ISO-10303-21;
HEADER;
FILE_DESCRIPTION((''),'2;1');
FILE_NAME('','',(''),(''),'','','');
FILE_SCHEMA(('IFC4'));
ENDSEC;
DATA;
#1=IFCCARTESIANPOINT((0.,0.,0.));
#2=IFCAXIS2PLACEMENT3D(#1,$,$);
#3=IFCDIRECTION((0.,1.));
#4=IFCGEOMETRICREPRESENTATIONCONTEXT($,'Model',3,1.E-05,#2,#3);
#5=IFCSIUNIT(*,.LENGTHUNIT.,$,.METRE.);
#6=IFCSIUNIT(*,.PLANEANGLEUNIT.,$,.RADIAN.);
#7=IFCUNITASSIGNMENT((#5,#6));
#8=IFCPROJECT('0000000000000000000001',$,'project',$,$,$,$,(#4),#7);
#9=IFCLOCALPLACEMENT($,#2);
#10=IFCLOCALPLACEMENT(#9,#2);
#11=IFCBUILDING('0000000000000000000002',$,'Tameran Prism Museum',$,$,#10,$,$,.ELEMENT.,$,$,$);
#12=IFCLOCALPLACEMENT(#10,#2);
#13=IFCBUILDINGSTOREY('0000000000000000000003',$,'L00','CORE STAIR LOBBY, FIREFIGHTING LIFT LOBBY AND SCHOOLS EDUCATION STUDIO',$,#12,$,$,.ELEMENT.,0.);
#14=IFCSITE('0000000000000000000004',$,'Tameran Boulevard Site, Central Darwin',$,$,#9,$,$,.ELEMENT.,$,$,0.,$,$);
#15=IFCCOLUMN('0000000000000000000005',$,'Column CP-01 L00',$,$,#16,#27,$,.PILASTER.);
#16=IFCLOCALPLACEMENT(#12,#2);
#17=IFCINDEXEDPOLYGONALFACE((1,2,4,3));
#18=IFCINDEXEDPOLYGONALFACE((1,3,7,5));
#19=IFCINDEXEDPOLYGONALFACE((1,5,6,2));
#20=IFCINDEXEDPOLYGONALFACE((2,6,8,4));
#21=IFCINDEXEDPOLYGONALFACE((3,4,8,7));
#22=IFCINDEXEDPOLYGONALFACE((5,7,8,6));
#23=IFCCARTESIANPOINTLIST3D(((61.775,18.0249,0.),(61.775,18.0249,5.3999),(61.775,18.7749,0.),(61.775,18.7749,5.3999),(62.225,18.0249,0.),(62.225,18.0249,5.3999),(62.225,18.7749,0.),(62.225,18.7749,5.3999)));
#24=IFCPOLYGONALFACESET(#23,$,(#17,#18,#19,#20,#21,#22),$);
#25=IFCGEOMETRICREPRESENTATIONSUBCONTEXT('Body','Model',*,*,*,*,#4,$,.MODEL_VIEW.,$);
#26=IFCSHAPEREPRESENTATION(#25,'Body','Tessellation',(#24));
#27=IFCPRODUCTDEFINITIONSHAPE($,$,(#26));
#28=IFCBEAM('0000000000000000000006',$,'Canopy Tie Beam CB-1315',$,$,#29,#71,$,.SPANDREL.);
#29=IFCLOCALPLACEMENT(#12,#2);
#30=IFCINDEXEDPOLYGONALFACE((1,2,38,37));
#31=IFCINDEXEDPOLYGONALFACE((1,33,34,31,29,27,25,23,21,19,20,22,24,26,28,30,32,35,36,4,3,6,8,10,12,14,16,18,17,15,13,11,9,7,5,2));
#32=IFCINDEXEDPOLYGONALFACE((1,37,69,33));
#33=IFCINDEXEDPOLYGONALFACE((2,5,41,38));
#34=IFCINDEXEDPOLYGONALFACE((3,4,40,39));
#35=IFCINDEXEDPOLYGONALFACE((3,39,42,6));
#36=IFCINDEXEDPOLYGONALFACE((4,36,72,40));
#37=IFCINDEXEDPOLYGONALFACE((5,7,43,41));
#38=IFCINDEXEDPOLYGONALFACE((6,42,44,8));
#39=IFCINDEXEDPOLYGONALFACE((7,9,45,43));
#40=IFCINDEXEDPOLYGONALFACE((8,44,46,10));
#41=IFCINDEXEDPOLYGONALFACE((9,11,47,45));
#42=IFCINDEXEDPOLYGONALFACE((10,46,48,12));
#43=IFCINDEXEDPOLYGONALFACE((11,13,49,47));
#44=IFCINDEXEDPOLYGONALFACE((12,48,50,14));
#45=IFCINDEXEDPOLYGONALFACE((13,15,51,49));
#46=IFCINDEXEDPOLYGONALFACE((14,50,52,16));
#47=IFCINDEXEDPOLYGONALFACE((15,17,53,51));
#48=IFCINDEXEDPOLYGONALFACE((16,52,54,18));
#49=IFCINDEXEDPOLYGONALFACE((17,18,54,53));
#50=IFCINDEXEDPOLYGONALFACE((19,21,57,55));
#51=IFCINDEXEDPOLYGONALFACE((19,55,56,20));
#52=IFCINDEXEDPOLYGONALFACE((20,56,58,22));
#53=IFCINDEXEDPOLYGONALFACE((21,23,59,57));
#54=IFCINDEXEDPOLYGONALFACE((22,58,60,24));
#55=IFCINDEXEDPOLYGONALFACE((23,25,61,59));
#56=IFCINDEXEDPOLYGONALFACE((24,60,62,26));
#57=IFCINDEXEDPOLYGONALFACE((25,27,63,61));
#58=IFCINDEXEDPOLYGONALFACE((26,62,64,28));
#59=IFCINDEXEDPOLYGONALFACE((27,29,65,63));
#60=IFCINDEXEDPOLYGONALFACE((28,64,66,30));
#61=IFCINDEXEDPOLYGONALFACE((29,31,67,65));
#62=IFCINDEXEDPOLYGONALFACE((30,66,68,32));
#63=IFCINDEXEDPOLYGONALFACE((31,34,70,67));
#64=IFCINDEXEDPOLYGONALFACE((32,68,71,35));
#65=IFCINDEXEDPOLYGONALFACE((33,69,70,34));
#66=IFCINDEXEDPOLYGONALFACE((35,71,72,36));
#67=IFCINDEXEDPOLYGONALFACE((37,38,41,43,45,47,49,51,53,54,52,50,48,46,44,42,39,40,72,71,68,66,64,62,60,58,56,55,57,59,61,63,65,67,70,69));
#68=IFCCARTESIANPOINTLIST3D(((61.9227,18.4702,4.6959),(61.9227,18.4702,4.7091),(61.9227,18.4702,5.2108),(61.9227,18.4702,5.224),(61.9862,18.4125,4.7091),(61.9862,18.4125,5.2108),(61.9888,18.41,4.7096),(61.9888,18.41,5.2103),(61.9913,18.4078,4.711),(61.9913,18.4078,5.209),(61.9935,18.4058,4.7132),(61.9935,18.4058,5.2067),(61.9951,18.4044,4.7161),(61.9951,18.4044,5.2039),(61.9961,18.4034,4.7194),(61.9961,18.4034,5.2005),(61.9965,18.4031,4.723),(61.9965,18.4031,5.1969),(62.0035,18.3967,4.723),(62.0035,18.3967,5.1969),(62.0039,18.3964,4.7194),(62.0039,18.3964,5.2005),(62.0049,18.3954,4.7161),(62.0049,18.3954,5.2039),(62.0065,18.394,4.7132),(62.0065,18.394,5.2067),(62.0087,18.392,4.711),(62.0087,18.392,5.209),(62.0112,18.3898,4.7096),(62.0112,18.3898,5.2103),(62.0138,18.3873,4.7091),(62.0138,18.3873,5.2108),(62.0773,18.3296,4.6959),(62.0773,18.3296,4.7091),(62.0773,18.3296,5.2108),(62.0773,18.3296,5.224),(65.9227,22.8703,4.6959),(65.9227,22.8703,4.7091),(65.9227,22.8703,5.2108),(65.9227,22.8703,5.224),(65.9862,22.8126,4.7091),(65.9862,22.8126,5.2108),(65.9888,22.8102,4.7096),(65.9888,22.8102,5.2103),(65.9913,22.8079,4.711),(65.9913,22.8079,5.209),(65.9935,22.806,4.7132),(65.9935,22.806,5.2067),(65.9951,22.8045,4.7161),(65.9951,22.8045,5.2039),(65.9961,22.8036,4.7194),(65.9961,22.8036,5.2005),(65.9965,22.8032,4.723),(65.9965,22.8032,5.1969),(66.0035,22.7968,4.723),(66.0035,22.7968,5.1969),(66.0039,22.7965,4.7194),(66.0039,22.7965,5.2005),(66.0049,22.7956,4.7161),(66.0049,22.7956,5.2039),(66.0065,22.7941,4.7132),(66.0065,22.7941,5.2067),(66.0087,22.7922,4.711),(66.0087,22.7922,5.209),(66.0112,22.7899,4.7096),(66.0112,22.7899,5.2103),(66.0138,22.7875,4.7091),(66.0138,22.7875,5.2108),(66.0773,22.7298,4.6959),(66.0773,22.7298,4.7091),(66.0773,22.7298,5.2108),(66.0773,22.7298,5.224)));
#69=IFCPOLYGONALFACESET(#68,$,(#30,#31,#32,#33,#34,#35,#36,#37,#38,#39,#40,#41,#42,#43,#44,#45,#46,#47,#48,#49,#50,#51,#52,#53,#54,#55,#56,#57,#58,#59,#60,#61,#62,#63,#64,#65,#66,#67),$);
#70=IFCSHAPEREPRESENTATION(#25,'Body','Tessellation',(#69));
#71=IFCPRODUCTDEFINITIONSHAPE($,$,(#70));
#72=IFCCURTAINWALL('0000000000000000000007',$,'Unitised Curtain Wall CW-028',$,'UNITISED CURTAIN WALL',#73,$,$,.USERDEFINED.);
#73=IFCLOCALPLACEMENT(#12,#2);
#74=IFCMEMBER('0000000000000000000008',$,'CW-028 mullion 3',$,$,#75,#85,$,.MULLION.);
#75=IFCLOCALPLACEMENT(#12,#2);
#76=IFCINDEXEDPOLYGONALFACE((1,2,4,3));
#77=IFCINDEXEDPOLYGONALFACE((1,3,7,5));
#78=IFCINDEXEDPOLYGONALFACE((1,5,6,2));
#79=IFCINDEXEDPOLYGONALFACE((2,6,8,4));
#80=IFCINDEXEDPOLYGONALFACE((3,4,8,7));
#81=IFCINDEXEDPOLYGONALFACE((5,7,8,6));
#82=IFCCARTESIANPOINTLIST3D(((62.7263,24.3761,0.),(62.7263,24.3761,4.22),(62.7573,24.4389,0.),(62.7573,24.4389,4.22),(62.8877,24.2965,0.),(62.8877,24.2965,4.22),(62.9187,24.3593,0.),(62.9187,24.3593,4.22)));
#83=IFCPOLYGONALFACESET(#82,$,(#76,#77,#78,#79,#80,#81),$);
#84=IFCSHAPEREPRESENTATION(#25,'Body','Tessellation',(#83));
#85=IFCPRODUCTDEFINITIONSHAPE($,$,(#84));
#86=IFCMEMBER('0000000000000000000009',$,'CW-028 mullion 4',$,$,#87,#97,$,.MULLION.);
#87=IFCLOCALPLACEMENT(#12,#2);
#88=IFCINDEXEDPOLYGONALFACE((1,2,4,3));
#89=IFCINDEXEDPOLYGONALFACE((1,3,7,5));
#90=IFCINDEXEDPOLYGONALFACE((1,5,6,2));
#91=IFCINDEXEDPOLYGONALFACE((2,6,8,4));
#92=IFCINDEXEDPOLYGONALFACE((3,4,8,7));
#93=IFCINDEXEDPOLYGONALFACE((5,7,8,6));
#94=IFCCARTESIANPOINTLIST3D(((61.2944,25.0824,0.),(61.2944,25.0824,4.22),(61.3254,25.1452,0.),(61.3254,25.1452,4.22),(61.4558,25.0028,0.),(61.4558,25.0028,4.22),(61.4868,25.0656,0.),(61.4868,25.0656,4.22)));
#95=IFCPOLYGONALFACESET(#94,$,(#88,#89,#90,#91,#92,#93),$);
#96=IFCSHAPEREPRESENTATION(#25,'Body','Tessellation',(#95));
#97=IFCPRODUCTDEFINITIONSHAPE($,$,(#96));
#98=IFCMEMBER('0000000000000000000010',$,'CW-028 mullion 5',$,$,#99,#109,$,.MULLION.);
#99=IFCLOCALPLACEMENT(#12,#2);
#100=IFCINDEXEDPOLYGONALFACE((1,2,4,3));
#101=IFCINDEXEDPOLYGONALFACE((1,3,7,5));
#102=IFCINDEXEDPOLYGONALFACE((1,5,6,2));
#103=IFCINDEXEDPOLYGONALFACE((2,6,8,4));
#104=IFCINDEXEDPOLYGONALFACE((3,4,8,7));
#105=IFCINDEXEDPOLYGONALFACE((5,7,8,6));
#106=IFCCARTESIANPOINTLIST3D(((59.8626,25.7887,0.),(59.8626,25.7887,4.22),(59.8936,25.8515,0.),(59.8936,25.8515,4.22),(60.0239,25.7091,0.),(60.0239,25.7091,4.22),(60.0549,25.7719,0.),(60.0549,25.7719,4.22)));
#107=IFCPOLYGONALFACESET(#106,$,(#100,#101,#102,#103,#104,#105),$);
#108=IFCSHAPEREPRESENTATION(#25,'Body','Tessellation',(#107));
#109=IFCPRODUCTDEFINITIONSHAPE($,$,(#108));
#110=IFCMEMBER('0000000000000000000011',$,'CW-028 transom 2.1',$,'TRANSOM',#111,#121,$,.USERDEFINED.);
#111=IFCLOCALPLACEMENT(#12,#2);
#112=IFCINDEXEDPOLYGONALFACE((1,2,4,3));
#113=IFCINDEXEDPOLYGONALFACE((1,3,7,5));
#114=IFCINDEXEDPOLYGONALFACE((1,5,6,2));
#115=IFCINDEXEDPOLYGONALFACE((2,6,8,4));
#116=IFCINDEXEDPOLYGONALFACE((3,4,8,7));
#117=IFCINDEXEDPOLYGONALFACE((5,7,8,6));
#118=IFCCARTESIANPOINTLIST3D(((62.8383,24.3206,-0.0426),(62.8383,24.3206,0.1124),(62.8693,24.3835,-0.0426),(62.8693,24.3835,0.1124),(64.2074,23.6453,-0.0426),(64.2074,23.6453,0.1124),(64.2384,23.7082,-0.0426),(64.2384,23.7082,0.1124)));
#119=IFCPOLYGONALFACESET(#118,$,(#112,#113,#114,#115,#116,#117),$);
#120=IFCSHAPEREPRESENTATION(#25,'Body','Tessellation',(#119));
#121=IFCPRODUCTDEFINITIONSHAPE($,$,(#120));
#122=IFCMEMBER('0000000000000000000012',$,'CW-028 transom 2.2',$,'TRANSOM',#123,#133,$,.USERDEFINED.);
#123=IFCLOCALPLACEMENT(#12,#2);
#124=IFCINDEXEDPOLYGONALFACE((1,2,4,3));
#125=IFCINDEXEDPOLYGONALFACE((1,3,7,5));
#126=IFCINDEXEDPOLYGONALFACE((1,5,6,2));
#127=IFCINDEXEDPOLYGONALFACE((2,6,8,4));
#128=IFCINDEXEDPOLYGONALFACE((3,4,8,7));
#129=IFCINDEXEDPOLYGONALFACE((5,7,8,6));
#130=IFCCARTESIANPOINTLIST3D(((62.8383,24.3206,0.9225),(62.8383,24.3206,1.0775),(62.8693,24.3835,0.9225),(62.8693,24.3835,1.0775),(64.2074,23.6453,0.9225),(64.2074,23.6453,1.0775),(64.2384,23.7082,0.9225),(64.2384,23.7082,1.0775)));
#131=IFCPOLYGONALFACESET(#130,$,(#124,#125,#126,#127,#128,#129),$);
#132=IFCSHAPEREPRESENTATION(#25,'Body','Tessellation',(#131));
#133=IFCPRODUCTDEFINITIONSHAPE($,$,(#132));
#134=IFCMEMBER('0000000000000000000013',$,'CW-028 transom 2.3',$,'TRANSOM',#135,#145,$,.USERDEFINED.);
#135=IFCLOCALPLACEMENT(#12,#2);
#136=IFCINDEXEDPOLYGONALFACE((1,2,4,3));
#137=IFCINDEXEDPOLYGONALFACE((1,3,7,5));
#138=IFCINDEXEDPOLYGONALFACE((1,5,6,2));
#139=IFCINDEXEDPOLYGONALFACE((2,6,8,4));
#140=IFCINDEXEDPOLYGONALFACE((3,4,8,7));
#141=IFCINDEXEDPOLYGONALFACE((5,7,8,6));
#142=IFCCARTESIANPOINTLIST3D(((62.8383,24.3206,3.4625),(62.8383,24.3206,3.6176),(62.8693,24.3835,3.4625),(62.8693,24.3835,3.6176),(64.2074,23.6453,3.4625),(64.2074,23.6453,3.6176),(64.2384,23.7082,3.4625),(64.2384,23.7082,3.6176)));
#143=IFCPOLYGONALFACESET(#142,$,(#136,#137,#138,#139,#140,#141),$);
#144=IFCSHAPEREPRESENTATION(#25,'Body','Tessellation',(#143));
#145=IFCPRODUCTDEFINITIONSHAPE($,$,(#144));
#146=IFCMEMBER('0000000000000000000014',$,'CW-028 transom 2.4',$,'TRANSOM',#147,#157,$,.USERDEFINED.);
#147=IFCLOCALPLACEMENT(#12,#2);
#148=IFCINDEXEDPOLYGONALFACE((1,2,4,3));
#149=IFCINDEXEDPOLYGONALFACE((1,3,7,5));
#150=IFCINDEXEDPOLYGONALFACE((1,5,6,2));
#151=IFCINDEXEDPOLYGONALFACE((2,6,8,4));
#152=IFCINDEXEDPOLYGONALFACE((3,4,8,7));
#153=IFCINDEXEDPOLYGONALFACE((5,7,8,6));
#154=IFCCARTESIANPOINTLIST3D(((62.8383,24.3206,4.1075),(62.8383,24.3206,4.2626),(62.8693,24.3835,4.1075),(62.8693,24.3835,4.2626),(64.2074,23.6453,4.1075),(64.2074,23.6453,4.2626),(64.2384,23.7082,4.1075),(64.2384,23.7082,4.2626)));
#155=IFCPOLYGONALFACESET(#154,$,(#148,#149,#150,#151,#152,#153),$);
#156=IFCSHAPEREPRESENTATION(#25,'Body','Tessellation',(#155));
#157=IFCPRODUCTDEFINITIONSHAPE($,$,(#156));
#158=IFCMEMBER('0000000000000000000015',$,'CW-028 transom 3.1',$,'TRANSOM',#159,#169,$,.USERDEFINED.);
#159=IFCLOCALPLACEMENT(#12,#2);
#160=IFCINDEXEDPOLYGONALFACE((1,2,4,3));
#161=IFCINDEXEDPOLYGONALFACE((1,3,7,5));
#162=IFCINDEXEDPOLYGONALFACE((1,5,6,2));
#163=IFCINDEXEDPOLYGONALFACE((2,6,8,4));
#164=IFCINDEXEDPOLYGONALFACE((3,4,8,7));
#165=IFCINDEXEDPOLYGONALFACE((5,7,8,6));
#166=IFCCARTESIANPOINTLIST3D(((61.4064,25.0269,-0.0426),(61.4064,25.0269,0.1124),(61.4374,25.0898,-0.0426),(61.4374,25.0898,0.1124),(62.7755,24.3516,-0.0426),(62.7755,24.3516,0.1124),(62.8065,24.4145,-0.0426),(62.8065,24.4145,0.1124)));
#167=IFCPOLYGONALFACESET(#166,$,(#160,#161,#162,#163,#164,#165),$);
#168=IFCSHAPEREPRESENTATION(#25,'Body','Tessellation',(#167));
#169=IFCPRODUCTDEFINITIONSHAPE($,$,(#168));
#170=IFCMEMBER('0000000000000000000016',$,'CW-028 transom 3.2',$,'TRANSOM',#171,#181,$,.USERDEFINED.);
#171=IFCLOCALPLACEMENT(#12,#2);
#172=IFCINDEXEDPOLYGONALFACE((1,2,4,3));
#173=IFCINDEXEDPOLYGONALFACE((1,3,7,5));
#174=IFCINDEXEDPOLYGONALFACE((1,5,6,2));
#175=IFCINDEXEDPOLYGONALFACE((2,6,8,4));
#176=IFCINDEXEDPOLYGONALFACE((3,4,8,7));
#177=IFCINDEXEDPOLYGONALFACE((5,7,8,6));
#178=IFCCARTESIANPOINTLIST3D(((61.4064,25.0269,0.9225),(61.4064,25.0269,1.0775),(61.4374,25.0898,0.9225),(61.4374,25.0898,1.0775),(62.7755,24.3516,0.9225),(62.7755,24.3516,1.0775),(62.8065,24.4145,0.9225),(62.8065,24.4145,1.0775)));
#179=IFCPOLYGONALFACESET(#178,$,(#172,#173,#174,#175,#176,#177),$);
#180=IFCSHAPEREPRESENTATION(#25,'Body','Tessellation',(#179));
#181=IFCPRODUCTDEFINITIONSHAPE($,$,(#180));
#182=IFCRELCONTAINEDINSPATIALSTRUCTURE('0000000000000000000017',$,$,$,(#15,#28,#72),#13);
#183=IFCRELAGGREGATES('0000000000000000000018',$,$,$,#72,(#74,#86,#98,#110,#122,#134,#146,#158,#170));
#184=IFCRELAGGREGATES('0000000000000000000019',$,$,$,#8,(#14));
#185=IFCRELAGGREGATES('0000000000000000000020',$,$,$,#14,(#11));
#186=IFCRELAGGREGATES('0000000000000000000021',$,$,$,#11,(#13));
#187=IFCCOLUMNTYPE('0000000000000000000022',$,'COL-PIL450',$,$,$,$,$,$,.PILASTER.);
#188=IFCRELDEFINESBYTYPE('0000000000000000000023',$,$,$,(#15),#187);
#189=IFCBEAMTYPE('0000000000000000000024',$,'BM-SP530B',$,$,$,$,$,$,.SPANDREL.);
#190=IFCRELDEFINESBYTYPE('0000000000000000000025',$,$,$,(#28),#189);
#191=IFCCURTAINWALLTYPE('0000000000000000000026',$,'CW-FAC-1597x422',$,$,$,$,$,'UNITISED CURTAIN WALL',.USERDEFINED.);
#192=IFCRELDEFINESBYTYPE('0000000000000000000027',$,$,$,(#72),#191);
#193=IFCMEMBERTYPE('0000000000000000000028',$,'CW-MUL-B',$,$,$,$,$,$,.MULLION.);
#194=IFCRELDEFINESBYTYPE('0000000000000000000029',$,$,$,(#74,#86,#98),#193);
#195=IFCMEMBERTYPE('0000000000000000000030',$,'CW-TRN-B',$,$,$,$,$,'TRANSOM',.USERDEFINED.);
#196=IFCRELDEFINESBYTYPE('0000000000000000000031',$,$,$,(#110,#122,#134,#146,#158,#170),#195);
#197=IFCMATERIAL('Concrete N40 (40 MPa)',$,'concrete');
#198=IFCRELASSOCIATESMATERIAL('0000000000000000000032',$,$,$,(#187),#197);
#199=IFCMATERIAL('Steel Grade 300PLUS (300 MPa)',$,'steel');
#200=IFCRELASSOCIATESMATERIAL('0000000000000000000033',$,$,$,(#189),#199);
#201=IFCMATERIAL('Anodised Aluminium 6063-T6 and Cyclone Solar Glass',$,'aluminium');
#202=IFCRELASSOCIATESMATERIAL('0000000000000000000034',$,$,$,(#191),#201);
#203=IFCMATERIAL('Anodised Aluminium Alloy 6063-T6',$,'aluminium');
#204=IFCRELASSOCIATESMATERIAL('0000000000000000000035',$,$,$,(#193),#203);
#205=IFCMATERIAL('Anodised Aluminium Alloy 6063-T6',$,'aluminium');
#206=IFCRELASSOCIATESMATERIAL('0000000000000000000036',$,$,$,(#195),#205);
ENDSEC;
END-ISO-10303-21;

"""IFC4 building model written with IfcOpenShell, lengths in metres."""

from ifc_helpers import new_model, si_unit, direction, frame, origin, origin_2d, place, context, subcontext, project, spatial, rectangle, i_section, extrude, material, material_profile, profile_set, type_object, element, aggregate, save


model = new_model("IFC4")

# Units and contexts
model_context = context("Model", 3, precision=1e-05, world=origin(), true_north=direction((0.0, 1.0)))
body_context = subcontext(model_context, "Body", "Model", "MODEL_VIEW")
ifc_project = project(units=[si_unit("LENGTHUNIT", "METRE"), si_unit("PLANEANGLEUNIT", "RADIAN")], contexts=[model_context])

# Site, building, storey
site_placement = place(None, origin())
site = spatial("IfcSite", under=ifc_project, at=site_placement, Name="Tameran Boulevard Site, Central Darwin", CompositionType="ELEMENT", RefElevation=0.0)
building_placement = place(site_placement, origin())
building = spatial("IfcBuilding", under=site, at=building_placement, Name="Tameran Prism Museum", CompositionType="ELEMENT")
storey_placement = place(building_placement, origin())
storey = spatial("IfcBuildingStorey", under=building, at=storey_placement, Name="L00", Description="CORE STAIR LOBBY, FIREFIGHTING LIFT LOBBY AND SCHOOLS EDUCATION STUDIO", CompositionType="ELEMENT", Elevation=0.0)

# Column
ifc_material_1 = material(Name="Concrete N40 (40 MPa)", Category="concrete")
ifc_material_profile_1 = material_profile(ifc_material_1, rectangle(XDim=0.45, YDim=0.75, at=origin_2d()))
ifc_profile_set_1 = profile_set([ifc_material_profile_1])
column_type = type_object("IfcColumnType", Name="COL-PIL450", PredefinedType="PILASTER", material=ifc_profile_set_1)
column_placement = place(storey_placement, frame((62.0, 18.3999, 0.0), z_axis=(0.0, 0.0, 1.0), x_axis=(1.0, 0.0, 0.0)))
element("IfcColumn", 1, at=column_placement, inside=storey, type_object=column_type, Name="Column CP-01 L00", PredefinedType="PILASTER", context=body_context, shape_type="SweptSolid", body=[
    extrude(rectangle(XDim=0.45, YDim=0.75, at=origin_2d()), origin(), (0.0, 0.0, 1.0), 5.3999),
])

# Beam
ifc_material_2 = material(Name="Steel Grade 300PLUS (300 MPa)", Category="steel")
ifc_material_profile_2 = material_profile(ifc_material_2, i_section(OverallWidth=0.209, OverallDepth=0.5281, WebThickness=0.0095, FlangeThickness=0.0132, FilletRadius=0.0139, at=origin_2d()))
ifc_profile_set_2 = profile_set([ifc_material_profile_2])
beam_type = type_object("IfcBeamType", Name="BM-SP530B", PredefinedType="SPANDREL", material=ifc_profile_set_2)
beam_placement = place(storey_placement, frame((62.0, 18.3999, 4.96), z_axis=(0.672661, 0.739951, 0.0), x_axis=(-0.739951, 0.672661, 0.0)))
element("IfcBeam", 2, at=beam_placement, inside=storey, type_object=beam_type, Name="Canopy Tie Beam CB-1315", PredefinedType="SPANDREL", context=body_context, shape_type="SweptSolid", body=[
    extrude(i_section(OverallWidth=0.209, OverallDepth=0.5281, WebThickness=0.0095, FlangeThickness=0.0132, FilletRadius=0.0139, at=origin_2d()), origin(), (0.0, 0.0, 1.0), 5.9465),
])

# Curtain wall, members
ifc_material_3 = material(Name="Anodised Aluminium 6063-T6 and Cyclone Solar Glass", Category="aluminium")
curtain_wall_type = type_object("IfcCurtainWallType", Name="CW-FAC-1597x422", ElementType="UNITISED CURTAIN WALL", PredefinedType="USERDEFINED", material=ifc_material_3)
curtain_wall_placement = place(storey_placement, origin())
curtain_wall = element("IfcCurtainWall", 3, at=curtain_wall_placement, inside=storey, type_object=curtain_wall_type, Name="Unitised Curtain Wall CW-028", ObjectType="UNITISED CURTAIN WALL", PredefinedType="USERDEFINED")
ifc_material_4 = material(Name="Anodised Aluminium Alloy 6063-T6", Category="aluminium")
ifc_material_profile_3 = material_profile(ifc_material_4, rectangle(XDim=0.0701, YDim=0.1799, at=origin_2d()))
ifc_profile_set_3 = profile_set([ifc_material_profile_3])
member_type_1 = type_object("IfcMemberType", Name="CW-MUL-B", PredefinedType="MULLION", material=ifc_profile_set_3)
member_1_placement = place(storey_placement, frame((62.8225, 24.3677, 0.0), z_axis=(0.0, 0.0, 1.0), x_axis=(-0.442397, -0.896819, 0.0)))
member_1 = element("IfcMember", 4, at=member_1_placement, type_object=member_type_1, Name="CW-028 mullion 3", PredefinedType="MULLION", context=body_context, shape_type="SweptSolid", body=[
    extrude(rectangle(XDim=0.0701, YDim=0.1799, at=origin_2d()), origin(), (0.0, 0.0, 1.0), 4.22),
])
member_2_placement = place(storey_placement, frame((61.3906, 25.074, 0.0), z_axis=(0.0, 0.0, 1.0), x_axis=(-0.442397, -0.896819, 0.0)))
member_2 = element("IfcMember", 5, at=member_2_placement, type_object=member_type_1, Name="CW-028 mullion 4", PredefinedType="MULLION", context=body_context, shape_type="SweptSolid", body=[
    extrude(rectangle(XDim=0.0701, YDim=0.1799, at=origin_2d()), origin(), (0.0, 0.0, 1.0), 4.22),
])
member_3_placement = place(storey_placement, frame((59.9587, 25.7803, 0.0), z_axis=(0.0, 0.0, 1.0), x_axis=(-0.442397, -0.896819, 0.0)))
member_3 = element("IfcMember", 6, at=member_3_placement, type_object=member_type_1, Name="CW-028 mullion 5", PredefinedType="MULLION", context=body_context, shape_type="SweptSolid", body=[
    extrude(rectangle(XDim=0.0701, YDim=0.1799, at=origin_2d()), origin(), (0.0, 0.0, 1.0), 4.22),
])
ifc_material_5 = material(Name="Anodised Aluminium Alloy 6063-T6", Category="aluminium")
ifc_material_profile_4 = material_profile(ifc_material_5, rectangle(XDim=0.0701, YDim=0.155, at=origin_2d()))
ifc_profile_set_4 = profile_set([ifc_material_profile_4])
member_type_2 = type_object("IfcMemberType", Name="CW-TRN-B", ElementType="TRANSOM", PredefinedType="USERDEFINED", material=ifc_profile_set_4)
member_4_placement = place(storey_placement, frame((64.2229, 23.6768, 0.0349), z_axis=(-0.896845, 0.442345, 0.0), x_axis=(-0.442345, -0.896845, 0.0)))
member_4 = element("IfcMember", 7, at=member_4_placement, type_object=member_type_2, Name="CW-028 transom 2.1", ObjectType="TRANSOM", PredefinedType="USERDEFINED", context=body_context, shape_type="SweptSolid", body=[
    extrude(rectangle(XDim=0.0701, YDim=0.155, at=origin_2d()), origin(), (0.0, 0.0, 1.0), 1.5266),
])
member_5_placement = place(storey_placement, frame((64.2229, 23.6768, 1.0), z_axis=(-0.896845, 0.442345, 0.0), x_axis=(-0.442345, -0.896845, 0.0)))
member_5 = element("IfcMember", 8, at=member_5_placement, type_object=member_type_2, Name="CW-028 transom 2.2", ObjectType="TRANSOM", PredefinedType="USERDEFINED", context=body_context, shape_type="SweptSolid", body=[
    extrude(rectangle(XDim=0.0701, YDim=0.155, at=origin_2d()), origin(), (0.0, 0.0, 1.0), 1.5266),
])
member_6_placement = place(storey_placement, frame((64.2229, 23.6768, 3.54), z_axis=(-0.896845, 0.442345, 0.0), x_axis=(-0.442345, -0.896845, 0.0)))
member_6 = element("IfcMember", 9, at=member_6_placement, type_object=member_type_2, Name="CW-028 transom 2.3", ObjectType="TRANSOM", PredefinedType="USERDEFINED", context=body_context, shape_type="SweptSolid", body=[
    extrude(rectangle(XDim=0.0701, YDim=0.155, at=origin_2d()), origin(), (0.0, 0.0, 1.0), 1.5266),
])
member_7_placement = place(storey_placement, frame((64.2229, 23.6768, 4.1851), z_axis=(-0.896845, 0.442345, 0.0), x_axis=(-0.442345, -0.896845, 0.0)))
member_7 = element("IfcMember", 10, at=member_7_placement, type_object=member_type_2, Name="CW-028 transom 2.4", ObjectType="TRANSOM", PredefinedType="USERDEFINED", context=body_context, shape_type="SweptSolid", body=[
    extrude(rectangle(XDim=0.0701, YDim=0.155, at=origin_2d()), origin(), (0.0, 0.0, 1.0), 1.5266),
])
member_8_placement = place(storey_placement, frame((62.791, 24.3831, 0.0349), z_axis=(-0.896845, 0.442345, 0.0), x_axis=(-0.442345, -0.896845, 0.0)))
member_8 = element("IfcMember", 11, at=member_8_placement, type_object=member_type_2, Name="CW-028 transom 3.1", ObjectType="TRANSOM", PredefinedType="USERDEFINED", context=body_context, shape_type="SweptSolid", body=[
    extrude(rectangle(XDim=0.0701, YDim=0.155, at=origin_2d()), origin(), (0.0, 0.0, 1.0), 1.5266),
])
member_9_placement = place(storey_placement, frame((62.791, 24.3831, 1.0), z_axis=(-0.896845, 0.442345, 0.0), x_axis=(-0.442345, -0.896845, 0.0)))
member_9 = element("IfcMember", 12, at=member_9_placement, type_object=member_type_2, Name="CW-028 transom 3.2", ObjectType="TRANSOM", PredefinedType="USERDEFINED", context=body_context, shape_type="SweptSolid", body=[
    extrude(rectangle(XDim=0.0701, YDim=0.155, at=origin_2d()), origin(), (0.0, 0.0, 1.0), 1.5266),
])
aggregate(curtain_wall, [member_1, member_2, member_3, member_4, member_5, member_6, member_7, member_8, member_9])

save(model, "model.ifc")
